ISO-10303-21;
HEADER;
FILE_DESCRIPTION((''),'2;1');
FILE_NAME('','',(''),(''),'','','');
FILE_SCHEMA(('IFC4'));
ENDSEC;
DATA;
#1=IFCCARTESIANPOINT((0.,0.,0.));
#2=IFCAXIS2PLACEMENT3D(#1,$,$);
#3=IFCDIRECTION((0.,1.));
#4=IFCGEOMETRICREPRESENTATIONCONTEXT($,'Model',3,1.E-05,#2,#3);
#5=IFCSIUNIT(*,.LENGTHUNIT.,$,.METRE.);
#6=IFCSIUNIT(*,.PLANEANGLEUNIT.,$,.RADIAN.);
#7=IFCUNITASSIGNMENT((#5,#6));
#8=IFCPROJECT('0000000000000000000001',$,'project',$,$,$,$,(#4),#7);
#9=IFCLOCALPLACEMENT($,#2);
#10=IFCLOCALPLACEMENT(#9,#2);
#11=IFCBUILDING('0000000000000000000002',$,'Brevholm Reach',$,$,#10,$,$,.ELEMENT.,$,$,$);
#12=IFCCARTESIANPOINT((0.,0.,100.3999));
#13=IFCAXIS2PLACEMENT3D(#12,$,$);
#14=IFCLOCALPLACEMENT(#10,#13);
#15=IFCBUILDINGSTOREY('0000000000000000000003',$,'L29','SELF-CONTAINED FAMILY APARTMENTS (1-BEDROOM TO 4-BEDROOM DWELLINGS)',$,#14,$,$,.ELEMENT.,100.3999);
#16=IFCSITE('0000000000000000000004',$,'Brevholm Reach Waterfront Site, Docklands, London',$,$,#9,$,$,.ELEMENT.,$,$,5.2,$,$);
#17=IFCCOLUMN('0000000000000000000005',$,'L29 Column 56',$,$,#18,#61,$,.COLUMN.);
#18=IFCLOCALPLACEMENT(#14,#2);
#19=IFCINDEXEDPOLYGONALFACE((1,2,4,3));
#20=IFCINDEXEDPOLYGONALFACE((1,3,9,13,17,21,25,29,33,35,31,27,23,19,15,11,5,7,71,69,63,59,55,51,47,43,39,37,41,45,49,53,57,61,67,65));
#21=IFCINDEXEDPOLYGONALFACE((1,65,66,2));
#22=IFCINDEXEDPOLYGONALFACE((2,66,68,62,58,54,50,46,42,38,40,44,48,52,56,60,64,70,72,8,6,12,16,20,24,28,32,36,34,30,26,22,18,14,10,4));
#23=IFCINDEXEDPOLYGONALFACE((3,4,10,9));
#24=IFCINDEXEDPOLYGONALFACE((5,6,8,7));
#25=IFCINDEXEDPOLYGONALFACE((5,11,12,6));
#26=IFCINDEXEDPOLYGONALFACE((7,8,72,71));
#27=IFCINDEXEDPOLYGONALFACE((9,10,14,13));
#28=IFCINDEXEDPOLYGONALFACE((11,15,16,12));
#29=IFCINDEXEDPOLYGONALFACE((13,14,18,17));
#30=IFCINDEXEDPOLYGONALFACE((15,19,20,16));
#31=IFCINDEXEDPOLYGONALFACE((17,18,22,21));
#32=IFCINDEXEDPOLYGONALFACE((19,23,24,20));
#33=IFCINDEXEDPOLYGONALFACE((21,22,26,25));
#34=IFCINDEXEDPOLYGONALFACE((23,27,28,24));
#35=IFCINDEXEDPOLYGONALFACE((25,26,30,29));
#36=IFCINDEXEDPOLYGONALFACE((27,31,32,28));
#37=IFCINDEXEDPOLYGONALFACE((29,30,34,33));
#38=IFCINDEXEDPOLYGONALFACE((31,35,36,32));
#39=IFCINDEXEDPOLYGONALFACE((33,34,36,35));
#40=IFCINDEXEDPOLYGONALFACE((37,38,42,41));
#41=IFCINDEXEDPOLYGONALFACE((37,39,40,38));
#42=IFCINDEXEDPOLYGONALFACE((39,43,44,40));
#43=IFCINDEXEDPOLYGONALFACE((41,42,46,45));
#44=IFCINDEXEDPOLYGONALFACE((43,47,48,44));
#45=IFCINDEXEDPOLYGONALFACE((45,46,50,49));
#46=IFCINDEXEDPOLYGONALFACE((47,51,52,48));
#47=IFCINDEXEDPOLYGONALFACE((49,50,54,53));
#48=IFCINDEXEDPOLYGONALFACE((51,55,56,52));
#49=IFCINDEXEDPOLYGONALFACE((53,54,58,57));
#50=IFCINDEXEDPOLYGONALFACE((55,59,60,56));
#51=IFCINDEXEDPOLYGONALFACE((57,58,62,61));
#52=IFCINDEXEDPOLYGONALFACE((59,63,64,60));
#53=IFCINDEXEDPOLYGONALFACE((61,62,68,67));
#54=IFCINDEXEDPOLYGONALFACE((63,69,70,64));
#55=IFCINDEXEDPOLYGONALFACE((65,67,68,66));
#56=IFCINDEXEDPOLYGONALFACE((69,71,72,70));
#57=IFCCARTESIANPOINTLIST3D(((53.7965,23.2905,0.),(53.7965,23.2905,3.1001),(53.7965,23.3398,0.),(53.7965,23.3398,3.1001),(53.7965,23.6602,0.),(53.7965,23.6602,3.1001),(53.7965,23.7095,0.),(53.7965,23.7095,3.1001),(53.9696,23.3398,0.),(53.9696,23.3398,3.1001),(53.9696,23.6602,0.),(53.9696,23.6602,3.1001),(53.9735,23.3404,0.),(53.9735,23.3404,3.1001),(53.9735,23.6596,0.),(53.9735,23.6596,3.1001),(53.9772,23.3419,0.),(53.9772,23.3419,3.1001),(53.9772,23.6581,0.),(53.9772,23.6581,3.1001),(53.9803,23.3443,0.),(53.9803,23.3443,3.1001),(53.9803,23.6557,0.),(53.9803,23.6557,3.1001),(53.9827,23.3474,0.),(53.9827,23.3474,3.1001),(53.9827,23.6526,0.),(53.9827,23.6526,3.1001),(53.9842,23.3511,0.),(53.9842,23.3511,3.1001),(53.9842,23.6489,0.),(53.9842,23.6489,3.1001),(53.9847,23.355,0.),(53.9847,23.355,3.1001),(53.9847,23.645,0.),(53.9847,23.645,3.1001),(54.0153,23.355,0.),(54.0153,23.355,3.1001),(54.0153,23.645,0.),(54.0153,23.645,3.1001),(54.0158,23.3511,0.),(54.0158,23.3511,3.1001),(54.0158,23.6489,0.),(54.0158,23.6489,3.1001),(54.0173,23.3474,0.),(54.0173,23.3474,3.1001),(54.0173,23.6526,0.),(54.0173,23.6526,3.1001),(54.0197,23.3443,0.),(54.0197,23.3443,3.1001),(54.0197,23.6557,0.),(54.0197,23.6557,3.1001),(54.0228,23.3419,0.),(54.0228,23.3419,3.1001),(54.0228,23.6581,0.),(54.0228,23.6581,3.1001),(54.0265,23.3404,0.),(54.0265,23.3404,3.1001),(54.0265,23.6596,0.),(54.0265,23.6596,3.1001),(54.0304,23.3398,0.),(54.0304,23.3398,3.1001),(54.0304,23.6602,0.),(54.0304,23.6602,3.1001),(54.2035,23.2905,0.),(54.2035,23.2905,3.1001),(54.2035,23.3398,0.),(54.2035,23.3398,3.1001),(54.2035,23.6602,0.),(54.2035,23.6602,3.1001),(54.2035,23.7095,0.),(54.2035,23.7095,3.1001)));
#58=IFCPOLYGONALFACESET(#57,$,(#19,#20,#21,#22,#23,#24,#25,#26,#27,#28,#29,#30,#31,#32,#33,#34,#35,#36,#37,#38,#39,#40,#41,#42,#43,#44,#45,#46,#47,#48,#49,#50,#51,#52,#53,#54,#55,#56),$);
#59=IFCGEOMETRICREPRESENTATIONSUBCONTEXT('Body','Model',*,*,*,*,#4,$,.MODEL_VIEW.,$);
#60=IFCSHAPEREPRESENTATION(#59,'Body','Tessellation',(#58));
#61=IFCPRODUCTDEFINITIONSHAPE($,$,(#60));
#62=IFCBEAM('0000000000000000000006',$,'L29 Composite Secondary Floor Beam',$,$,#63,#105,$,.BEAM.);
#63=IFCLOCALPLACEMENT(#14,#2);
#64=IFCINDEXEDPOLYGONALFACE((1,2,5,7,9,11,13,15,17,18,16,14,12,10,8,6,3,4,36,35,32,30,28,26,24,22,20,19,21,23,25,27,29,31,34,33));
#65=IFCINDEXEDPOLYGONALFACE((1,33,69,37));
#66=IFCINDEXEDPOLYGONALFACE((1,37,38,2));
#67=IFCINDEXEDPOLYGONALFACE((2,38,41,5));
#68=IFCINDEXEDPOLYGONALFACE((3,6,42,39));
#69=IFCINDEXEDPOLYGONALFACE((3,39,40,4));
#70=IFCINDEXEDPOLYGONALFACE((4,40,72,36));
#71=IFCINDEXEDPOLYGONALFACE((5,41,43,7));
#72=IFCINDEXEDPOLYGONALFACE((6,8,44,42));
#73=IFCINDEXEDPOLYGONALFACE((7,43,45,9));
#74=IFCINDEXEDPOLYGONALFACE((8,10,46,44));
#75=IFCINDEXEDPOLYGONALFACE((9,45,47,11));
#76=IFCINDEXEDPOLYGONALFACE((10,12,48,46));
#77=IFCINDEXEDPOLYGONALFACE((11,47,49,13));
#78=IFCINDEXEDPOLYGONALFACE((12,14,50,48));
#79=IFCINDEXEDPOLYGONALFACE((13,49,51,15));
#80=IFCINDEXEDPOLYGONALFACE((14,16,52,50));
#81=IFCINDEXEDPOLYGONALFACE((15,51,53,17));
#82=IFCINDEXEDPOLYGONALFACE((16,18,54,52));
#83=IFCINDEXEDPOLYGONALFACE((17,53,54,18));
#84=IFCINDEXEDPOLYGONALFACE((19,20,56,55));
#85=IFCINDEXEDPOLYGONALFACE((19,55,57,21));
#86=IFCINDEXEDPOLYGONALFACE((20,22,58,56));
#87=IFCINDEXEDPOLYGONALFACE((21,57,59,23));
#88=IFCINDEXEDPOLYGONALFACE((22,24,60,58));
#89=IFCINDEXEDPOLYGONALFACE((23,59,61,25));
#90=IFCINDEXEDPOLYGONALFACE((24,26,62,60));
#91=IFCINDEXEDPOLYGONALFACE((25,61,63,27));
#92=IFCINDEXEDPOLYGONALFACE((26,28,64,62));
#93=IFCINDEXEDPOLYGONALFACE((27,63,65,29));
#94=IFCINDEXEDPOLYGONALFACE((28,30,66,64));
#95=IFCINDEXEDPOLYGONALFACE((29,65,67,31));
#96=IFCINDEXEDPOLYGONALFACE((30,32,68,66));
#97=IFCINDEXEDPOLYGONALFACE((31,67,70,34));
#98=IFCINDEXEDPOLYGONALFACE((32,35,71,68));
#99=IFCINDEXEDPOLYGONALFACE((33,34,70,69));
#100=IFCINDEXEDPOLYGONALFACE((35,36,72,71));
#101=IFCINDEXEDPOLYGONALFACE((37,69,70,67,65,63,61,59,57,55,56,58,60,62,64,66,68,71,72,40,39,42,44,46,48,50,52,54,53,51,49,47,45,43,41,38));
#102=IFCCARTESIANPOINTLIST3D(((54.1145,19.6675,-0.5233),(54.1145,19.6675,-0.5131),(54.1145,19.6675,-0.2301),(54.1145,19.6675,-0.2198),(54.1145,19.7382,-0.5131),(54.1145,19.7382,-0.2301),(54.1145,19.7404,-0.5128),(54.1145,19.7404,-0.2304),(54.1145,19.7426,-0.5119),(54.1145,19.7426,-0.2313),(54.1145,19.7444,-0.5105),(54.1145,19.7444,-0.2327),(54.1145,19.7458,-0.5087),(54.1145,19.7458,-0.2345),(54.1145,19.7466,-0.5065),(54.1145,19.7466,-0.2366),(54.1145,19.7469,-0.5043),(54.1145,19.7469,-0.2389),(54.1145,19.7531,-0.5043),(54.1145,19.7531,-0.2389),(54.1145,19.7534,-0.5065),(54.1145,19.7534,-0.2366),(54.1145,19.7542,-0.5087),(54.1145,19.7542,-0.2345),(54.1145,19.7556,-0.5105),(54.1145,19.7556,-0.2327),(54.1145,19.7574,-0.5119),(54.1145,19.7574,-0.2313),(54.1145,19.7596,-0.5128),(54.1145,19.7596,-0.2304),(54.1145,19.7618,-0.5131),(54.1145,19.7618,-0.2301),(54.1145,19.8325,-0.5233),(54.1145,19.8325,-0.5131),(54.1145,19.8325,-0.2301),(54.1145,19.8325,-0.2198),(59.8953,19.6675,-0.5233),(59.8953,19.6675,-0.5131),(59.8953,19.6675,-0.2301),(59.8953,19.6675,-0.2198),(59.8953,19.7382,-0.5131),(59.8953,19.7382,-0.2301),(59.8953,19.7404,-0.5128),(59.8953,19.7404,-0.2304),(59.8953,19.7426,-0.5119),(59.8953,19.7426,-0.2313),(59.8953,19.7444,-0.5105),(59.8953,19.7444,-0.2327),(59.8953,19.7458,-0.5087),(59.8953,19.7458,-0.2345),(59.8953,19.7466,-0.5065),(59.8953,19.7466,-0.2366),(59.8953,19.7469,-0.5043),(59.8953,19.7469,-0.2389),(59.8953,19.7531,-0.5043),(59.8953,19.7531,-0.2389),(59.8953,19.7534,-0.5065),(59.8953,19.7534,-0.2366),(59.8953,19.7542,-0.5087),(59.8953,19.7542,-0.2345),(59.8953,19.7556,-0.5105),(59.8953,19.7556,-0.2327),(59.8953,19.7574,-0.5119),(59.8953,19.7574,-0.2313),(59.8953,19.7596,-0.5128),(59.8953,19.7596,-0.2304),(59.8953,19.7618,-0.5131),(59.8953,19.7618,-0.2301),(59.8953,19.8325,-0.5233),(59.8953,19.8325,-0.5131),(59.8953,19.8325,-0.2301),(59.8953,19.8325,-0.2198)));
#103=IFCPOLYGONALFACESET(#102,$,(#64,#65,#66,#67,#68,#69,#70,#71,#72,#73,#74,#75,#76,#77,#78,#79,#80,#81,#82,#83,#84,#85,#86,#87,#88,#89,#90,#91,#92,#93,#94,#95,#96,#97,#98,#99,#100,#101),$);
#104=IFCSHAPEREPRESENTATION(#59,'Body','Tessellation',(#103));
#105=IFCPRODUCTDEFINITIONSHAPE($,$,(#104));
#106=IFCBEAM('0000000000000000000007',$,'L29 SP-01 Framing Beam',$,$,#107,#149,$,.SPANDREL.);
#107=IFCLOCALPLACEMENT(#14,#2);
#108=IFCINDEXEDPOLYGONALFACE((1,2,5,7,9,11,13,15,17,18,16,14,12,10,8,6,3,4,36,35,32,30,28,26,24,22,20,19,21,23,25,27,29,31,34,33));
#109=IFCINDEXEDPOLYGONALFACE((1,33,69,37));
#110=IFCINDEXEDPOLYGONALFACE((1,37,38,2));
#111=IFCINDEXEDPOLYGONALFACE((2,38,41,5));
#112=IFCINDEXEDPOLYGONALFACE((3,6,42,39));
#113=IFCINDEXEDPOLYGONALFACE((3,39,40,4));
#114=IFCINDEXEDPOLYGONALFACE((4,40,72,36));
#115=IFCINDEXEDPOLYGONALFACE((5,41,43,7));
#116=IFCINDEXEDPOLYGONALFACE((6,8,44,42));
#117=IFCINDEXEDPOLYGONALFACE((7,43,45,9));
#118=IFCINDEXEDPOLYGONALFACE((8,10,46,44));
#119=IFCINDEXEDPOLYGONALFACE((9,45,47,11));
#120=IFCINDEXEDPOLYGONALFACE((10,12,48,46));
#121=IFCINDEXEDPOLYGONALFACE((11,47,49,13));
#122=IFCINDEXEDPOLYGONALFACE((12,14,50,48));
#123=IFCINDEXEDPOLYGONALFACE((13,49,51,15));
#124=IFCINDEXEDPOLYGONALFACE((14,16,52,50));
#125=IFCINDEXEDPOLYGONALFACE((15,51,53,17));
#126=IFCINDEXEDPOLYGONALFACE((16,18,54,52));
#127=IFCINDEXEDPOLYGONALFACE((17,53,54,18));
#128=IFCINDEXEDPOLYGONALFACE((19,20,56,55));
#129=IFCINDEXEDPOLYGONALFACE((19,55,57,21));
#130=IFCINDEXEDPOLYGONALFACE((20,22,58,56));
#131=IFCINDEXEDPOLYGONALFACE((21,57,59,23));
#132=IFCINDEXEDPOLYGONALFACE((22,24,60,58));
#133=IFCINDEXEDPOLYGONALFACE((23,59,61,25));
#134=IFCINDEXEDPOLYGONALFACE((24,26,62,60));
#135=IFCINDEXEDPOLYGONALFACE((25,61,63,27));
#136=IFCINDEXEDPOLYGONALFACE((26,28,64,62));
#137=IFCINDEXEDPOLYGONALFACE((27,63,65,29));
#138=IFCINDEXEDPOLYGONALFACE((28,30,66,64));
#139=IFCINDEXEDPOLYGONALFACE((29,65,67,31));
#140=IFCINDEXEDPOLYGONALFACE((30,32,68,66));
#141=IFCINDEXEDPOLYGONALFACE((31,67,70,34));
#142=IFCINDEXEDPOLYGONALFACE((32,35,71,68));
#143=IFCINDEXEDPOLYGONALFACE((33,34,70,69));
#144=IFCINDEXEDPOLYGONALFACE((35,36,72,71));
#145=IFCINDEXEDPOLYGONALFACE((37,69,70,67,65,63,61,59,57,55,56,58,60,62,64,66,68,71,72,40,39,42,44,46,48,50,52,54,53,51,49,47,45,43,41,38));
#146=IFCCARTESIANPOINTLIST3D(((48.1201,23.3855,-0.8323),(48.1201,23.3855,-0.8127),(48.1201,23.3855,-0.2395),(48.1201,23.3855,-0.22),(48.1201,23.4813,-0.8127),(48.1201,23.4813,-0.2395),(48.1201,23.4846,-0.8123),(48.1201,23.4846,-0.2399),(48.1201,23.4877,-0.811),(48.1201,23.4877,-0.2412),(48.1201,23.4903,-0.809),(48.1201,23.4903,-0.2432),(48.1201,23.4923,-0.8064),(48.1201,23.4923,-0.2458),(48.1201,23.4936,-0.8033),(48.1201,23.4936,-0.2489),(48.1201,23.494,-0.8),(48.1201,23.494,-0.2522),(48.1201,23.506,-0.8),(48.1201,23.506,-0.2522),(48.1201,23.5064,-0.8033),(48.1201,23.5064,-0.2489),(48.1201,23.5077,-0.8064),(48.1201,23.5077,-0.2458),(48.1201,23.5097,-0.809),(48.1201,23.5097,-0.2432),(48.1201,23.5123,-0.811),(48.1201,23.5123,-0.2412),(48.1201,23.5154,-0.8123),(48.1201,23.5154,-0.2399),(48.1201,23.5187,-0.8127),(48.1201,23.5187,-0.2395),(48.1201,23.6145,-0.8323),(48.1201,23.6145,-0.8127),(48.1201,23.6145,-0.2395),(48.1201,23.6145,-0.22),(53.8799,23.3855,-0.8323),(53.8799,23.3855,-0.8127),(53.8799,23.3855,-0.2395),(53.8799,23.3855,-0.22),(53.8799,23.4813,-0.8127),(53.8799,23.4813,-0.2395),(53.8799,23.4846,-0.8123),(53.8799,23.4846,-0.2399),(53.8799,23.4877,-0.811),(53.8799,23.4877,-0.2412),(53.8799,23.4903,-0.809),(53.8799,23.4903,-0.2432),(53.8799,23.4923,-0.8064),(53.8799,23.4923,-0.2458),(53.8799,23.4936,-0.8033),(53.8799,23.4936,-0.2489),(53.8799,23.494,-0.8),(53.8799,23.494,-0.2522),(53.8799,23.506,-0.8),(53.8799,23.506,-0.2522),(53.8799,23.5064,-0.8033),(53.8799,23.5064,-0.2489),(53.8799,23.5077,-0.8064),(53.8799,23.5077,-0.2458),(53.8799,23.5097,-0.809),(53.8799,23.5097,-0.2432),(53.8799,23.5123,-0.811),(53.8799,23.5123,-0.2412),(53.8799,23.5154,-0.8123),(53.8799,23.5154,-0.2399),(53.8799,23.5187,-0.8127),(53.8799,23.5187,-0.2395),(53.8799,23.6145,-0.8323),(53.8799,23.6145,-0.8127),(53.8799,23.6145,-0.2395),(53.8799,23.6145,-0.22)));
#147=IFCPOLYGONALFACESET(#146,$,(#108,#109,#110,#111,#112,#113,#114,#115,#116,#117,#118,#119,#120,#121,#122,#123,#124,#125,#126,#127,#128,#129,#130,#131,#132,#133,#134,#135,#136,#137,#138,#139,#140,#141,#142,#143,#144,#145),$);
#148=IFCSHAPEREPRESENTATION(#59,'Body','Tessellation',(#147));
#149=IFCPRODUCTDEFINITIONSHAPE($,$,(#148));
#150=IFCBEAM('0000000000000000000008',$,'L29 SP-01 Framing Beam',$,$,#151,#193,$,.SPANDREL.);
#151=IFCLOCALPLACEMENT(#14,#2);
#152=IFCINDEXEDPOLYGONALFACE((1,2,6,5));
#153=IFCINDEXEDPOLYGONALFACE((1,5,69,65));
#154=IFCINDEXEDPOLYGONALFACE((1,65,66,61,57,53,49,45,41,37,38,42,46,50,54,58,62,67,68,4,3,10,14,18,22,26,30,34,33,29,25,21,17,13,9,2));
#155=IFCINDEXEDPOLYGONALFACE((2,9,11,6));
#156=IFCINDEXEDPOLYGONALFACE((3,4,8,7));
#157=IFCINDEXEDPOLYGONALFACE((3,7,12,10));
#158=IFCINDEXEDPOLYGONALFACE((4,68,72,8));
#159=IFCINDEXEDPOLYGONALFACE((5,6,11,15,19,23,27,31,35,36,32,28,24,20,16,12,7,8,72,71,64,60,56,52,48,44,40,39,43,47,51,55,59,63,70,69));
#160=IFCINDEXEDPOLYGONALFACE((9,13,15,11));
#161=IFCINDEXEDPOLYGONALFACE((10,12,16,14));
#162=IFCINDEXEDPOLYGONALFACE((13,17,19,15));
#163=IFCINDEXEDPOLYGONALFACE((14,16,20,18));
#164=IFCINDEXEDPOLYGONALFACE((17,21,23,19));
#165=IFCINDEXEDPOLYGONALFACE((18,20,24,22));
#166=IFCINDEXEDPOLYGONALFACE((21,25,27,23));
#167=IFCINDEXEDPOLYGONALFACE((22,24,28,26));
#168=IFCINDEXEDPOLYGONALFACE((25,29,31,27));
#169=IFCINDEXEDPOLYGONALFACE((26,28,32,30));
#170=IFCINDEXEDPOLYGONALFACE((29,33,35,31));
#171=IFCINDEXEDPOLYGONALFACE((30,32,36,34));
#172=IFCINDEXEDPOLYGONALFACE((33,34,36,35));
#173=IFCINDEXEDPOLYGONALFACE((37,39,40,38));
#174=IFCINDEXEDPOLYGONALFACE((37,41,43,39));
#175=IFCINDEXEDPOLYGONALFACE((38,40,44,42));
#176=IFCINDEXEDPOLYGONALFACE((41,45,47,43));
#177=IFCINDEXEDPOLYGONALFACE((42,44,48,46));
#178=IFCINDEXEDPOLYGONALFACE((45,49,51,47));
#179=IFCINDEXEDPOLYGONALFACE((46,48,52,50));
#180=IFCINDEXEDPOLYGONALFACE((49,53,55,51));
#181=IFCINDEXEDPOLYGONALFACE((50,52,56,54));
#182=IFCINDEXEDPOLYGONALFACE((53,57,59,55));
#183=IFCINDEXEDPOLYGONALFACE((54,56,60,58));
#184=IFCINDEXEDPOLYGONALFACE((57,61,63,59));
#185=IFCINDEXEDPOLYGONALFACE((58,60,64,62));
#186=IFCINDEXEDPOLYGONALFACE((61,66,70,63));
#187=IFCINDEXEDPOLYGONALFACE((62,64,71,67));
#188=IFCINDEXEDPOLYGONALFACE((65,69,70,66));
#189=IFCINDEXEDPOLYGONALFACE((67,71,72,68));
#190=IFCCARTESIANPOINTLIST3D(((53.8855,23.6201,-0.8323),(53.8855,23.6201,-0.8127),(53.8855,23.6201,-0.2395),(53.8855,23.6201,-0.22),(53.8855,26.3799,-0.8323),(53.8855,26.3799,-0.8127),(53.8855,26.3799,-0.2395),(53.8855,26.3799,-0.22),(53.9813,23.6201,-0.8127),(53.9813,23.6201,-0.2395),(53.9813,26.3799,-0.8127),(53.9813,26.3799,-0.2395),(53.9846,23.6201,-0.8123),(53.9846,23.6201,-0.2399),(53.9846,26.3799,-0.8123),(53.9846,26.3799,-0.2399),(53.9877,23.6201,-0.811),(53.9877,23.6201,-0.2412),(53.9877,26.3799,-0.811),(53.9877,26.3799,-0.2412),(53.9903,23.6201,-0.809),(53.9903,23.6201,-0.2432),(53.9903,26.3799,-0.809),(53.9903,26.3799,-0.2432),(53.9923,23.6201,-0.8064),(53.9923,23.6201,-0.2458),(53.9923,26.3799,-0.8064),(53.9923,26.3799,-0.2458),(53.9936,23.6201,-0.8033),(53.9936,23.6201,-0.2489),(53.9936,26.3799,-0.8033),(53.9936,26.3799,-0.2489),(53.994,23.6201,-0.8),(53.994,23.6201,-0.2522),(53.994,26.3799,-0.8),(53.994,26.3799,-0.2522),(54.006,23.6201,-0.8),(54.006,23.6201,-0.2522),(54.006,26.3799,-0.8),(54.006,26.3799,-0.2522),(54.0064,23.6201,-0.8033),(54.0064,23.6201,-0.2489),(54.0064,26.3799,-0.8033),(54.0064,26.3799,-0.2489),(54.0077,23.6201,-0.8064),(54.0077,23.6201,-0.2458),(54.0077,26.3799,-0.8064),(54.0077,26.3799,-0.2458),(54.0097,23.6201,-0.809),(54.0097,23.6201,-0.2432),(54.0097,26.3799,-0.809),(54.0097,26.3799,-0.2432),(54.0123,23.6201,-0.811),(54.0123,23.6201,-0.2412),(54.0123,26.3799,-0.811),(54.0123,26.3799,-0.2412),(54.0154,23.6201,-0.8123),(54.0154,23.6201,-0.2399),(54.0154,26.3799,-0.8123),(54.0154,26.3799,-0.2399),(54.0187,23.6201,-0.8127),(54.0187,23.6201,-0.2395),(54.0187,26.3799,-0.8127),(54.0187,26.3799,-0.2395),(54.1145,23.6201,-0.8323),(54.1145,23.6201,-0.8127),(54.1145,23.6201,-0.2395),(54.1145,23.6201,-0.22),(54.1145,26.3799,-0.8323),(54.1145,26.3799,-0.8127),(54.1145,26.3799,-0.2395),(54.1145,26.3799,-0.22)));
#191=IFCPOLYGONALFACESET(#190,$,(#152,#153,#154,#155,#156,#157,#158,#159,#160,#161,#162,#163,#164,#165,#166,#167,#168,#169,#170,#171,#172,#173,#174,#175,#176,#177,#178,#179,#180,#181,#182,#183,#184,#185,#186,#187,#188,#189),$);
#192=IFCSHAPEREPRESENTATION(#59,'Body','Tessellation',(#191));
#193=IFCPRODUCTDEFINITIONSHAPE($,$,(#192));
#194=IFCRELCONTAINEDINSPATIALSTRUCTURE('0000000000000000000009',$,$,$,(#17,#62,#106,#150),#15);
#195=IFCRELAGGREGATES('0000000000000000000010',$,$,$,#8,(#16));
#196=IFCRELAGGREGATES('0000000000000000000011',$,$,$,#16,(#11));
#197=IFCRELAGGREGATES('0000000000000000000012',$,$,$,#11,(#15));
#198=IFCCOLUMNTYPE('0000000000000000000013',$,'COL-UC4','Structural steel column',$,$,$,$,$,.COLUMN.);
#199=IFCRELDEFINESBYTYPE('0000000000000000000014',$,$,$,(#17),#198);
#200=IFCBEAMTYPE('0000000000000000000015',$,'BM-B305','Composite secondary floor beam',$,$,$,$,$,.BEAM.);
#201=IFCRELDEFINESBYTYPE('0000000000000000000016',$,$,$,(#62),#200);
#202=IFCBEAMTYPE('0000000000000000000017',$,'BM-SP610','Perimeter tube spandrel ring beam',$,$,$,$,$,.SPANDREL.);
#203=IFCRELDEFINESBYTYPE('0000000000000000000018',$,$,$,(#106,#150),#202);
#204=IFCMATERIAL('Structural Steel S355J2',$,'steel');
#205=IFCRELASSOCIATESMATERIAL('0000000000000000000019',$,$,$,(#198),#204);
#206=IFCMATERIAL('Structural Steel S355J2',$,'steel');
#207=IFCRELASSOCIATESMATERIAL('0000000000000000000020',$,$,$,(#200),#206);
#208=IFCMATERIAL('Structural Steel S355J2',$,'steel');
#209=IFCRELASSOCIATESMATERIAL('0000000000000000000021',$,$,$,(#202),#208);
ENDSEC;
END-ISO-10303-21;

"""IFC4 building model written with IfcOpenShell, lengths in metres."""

from ifc_helpers import new_model, si_unit, direction, frame, origin, origin_2d, place, context, subcontext, project, spatial, i_section, extrude, material, material_profile, profile_set, type_object, element, save


model = new_model("IFC4")

# Units and contexts
model_context = context("Model", 3, precision=1e-05, world=origin(), true_north=direction((0.0, 1.0)))
body_context = subcontext(model_context, "Body", "Model", "MODEL_VIEW")
ifc_project = project(units=[si_unit("LENGTHUNIT", "METRE"), si_unit("PLANEANGLEUNIT", "RADIAN")], contexts=[model_context])

# Site, building, storey
site_placement = place(None, origin())
site = spatial("IfcSite", under=ifc_project, at=site_placement, Name="Brevholm Reach Waterfront Site, Docklands, London", CompositionType="ELEMENT", RefElevation=5.2)
building_placement = place(site_placement, origin())
building = spatial("IfcBuilding", under=site, at=building_placement, Name="Brevholm Reach", CompositionType="ELEMENT")
storey_placement = place(building_placement, frame((0.0, 0.0, 100.3999)))
storey = spatial("IfcBuildingStorey", under=building, at=storey_placement, Name="L29", Description="SELF-CONTAINED FAMILY APARTMENTS (1-BEDROOM TO 4-BEDROOM DWELLINGS)", CompositionType="ELEMENT", Elevation=100.3999)

# Column
ifc_material_1 = material(Name="Structural Steel S355J2", Category="steel")
ifc_material_profile_1 = material_profile(ifc_material_1, i_section(OverallWidth=0.407, OverallDepth=0.4189, WebThickness=0.0305, FlangeThickness=0.0493, FilletRadius=0.0151, at=origin_2d()), Name="UKC 356x406x393")
ifc_profile_set_1 = profile_set([ifc_material_profile_1], Name="Structural Steel S355J2")
column_type = type_object("IfcColumnType", Name="COL-UC4", Description="Structural steel column", PredefinedType="COLUMN", material=ifc_profile_set_1)
column_placement = place(storey_placement, frame((54.0, 23.5, 0.0), z_axis=(0.0, 0.0, 1.0), x_axis=(1.0, 0.0, 0.0)))
element("IfcColumn", 1, at=column_placement, inside=storey, type_object=column_type, Name="L29 Column 56", PredefinedType="COLUMN", context=body_context, shape_type="SweptSolid", body=[
    extrude(i_section(OverallWidth=0.407, OverallDepth=0.4189, WebThickness=0.0305, FlangeThickness=0.0493, FilletRadius=0.0151, at=origin_2d()), origin(), (0.0, 0.0, 1.0), 3.1001),
])

# Beams
ifc_material_2 = material(Name="Structural Steel S355J2", Category="steel")
ifc_material_profile_2 = material_profile(ifc_material_2, i_section(OverallWidth=0.165, OverallDepth=0.3035, WebThickness=0.0061, FlangeThickness=0.0103, FilletRadius=0.0088, at=origin_2d()), Name="UKB 305x165x40")
ifc_profile_set_2 = profile_set([ifc_material_profile_2], Name="Structural Steel S355J2")
beam_type_1 = type_object("IfcBeamType", Name="BM-B305", Description="Composite secondary floor beam", PredefinedType="BEAM", material=ifc_profile_set_2)
beam_1_placement = place(storey_placement, frame((54.1145, 19.75, -0.3716), z_axis=(1.0, 0.0, 0.0), x_axis=(0.0, 1.0, 0.0)))
element("IfcBeam", 2, at=beam_1_placement, inside=storey, type_object=beam_type_1, Name="L29 Composite Secondary Floor Beam", PredefinedType="BEAM", context=body_context, shape_type="SweptSolid", body=[
    extrude(i_section(OverallWidth=0.165, OverallDepth=0.3035, WebThickness=0.0061, FlangeThickness=0.0103, FilletRadius=0.0088, at=origin_2d()), origin(), (0.0, 0.0, 1.0), 5.7808),
])
ifc_material_3 = material(Name="Structural Steel S355J2", Category="steel")
ifc_material_profile_3 = material_profile(ifc_material_3, i_section(OverallWidth=0.229, OverallDepth=0.6123, WebThickness=0.012, FlangeThickness=0.0195, FilletRadius=0.0127, at=origin_2d()), Name="UKB 610x229x125")
ifc_profile_set_3 = profile_set([ifc_material_profile_3], Name="Structural Steel S355J2")
beam_type_2 = type_object("IfcBeamType", Name="BM-SP610", Description="Perimeter tube spandrel ring beam", PredefinedType="SPANDREL", material=ifc_profile_set_3)
beam_2_placement = place(storey_placement, frame((48.1201, 23.5, -0.5261), z_axis=(1.0, 0.0, 0.0), x_axis=(0.0, 1.0, 0.0)))
element("IfcBeam", 3, at=beam_2_placement, inside=storey, type_object=beam_type_2, Name="L29 SP-01 Framing Beam", PredefinedType="SPANDREL", context=body_context, shape_type="SweptSolid", body=[
    extrude(i_section(OverallWidth=0.229, OverallDepth=0.6123, WebThickness=0.012, FlangeThickness=0.0195, FilletRadius=0.0127, at=origin_2d()), origin(), (0.0, 0.0, 1.0), 5.7598),
])
beam_3_placement = place(storey_placement, frame((54.0, 23.6201, -0.5261), z_axis=(0.0, 1.0, 0.0), x_axis=(-1.0, 0.0, 0.0)))
element("IfcBeam", 4, at=beam_3_placement, inside=storey, type_object=beam_type_2, Name="L29 SP-01 Framing Beam", PredefinedType="SPANDREL", context=body_context, shape_type="SweptSolid", body=[
    extrude(i_section(OverallWidth=0.229, OverallDepth=0.6123, WebThickness=0.012, FlangeThickness=0.0195, FilletRadius=0.0127, at=origin_2d()), origin(), (0.0, 0.0, 1.0), 2.7598),
])

save(model, "model.ifc")
